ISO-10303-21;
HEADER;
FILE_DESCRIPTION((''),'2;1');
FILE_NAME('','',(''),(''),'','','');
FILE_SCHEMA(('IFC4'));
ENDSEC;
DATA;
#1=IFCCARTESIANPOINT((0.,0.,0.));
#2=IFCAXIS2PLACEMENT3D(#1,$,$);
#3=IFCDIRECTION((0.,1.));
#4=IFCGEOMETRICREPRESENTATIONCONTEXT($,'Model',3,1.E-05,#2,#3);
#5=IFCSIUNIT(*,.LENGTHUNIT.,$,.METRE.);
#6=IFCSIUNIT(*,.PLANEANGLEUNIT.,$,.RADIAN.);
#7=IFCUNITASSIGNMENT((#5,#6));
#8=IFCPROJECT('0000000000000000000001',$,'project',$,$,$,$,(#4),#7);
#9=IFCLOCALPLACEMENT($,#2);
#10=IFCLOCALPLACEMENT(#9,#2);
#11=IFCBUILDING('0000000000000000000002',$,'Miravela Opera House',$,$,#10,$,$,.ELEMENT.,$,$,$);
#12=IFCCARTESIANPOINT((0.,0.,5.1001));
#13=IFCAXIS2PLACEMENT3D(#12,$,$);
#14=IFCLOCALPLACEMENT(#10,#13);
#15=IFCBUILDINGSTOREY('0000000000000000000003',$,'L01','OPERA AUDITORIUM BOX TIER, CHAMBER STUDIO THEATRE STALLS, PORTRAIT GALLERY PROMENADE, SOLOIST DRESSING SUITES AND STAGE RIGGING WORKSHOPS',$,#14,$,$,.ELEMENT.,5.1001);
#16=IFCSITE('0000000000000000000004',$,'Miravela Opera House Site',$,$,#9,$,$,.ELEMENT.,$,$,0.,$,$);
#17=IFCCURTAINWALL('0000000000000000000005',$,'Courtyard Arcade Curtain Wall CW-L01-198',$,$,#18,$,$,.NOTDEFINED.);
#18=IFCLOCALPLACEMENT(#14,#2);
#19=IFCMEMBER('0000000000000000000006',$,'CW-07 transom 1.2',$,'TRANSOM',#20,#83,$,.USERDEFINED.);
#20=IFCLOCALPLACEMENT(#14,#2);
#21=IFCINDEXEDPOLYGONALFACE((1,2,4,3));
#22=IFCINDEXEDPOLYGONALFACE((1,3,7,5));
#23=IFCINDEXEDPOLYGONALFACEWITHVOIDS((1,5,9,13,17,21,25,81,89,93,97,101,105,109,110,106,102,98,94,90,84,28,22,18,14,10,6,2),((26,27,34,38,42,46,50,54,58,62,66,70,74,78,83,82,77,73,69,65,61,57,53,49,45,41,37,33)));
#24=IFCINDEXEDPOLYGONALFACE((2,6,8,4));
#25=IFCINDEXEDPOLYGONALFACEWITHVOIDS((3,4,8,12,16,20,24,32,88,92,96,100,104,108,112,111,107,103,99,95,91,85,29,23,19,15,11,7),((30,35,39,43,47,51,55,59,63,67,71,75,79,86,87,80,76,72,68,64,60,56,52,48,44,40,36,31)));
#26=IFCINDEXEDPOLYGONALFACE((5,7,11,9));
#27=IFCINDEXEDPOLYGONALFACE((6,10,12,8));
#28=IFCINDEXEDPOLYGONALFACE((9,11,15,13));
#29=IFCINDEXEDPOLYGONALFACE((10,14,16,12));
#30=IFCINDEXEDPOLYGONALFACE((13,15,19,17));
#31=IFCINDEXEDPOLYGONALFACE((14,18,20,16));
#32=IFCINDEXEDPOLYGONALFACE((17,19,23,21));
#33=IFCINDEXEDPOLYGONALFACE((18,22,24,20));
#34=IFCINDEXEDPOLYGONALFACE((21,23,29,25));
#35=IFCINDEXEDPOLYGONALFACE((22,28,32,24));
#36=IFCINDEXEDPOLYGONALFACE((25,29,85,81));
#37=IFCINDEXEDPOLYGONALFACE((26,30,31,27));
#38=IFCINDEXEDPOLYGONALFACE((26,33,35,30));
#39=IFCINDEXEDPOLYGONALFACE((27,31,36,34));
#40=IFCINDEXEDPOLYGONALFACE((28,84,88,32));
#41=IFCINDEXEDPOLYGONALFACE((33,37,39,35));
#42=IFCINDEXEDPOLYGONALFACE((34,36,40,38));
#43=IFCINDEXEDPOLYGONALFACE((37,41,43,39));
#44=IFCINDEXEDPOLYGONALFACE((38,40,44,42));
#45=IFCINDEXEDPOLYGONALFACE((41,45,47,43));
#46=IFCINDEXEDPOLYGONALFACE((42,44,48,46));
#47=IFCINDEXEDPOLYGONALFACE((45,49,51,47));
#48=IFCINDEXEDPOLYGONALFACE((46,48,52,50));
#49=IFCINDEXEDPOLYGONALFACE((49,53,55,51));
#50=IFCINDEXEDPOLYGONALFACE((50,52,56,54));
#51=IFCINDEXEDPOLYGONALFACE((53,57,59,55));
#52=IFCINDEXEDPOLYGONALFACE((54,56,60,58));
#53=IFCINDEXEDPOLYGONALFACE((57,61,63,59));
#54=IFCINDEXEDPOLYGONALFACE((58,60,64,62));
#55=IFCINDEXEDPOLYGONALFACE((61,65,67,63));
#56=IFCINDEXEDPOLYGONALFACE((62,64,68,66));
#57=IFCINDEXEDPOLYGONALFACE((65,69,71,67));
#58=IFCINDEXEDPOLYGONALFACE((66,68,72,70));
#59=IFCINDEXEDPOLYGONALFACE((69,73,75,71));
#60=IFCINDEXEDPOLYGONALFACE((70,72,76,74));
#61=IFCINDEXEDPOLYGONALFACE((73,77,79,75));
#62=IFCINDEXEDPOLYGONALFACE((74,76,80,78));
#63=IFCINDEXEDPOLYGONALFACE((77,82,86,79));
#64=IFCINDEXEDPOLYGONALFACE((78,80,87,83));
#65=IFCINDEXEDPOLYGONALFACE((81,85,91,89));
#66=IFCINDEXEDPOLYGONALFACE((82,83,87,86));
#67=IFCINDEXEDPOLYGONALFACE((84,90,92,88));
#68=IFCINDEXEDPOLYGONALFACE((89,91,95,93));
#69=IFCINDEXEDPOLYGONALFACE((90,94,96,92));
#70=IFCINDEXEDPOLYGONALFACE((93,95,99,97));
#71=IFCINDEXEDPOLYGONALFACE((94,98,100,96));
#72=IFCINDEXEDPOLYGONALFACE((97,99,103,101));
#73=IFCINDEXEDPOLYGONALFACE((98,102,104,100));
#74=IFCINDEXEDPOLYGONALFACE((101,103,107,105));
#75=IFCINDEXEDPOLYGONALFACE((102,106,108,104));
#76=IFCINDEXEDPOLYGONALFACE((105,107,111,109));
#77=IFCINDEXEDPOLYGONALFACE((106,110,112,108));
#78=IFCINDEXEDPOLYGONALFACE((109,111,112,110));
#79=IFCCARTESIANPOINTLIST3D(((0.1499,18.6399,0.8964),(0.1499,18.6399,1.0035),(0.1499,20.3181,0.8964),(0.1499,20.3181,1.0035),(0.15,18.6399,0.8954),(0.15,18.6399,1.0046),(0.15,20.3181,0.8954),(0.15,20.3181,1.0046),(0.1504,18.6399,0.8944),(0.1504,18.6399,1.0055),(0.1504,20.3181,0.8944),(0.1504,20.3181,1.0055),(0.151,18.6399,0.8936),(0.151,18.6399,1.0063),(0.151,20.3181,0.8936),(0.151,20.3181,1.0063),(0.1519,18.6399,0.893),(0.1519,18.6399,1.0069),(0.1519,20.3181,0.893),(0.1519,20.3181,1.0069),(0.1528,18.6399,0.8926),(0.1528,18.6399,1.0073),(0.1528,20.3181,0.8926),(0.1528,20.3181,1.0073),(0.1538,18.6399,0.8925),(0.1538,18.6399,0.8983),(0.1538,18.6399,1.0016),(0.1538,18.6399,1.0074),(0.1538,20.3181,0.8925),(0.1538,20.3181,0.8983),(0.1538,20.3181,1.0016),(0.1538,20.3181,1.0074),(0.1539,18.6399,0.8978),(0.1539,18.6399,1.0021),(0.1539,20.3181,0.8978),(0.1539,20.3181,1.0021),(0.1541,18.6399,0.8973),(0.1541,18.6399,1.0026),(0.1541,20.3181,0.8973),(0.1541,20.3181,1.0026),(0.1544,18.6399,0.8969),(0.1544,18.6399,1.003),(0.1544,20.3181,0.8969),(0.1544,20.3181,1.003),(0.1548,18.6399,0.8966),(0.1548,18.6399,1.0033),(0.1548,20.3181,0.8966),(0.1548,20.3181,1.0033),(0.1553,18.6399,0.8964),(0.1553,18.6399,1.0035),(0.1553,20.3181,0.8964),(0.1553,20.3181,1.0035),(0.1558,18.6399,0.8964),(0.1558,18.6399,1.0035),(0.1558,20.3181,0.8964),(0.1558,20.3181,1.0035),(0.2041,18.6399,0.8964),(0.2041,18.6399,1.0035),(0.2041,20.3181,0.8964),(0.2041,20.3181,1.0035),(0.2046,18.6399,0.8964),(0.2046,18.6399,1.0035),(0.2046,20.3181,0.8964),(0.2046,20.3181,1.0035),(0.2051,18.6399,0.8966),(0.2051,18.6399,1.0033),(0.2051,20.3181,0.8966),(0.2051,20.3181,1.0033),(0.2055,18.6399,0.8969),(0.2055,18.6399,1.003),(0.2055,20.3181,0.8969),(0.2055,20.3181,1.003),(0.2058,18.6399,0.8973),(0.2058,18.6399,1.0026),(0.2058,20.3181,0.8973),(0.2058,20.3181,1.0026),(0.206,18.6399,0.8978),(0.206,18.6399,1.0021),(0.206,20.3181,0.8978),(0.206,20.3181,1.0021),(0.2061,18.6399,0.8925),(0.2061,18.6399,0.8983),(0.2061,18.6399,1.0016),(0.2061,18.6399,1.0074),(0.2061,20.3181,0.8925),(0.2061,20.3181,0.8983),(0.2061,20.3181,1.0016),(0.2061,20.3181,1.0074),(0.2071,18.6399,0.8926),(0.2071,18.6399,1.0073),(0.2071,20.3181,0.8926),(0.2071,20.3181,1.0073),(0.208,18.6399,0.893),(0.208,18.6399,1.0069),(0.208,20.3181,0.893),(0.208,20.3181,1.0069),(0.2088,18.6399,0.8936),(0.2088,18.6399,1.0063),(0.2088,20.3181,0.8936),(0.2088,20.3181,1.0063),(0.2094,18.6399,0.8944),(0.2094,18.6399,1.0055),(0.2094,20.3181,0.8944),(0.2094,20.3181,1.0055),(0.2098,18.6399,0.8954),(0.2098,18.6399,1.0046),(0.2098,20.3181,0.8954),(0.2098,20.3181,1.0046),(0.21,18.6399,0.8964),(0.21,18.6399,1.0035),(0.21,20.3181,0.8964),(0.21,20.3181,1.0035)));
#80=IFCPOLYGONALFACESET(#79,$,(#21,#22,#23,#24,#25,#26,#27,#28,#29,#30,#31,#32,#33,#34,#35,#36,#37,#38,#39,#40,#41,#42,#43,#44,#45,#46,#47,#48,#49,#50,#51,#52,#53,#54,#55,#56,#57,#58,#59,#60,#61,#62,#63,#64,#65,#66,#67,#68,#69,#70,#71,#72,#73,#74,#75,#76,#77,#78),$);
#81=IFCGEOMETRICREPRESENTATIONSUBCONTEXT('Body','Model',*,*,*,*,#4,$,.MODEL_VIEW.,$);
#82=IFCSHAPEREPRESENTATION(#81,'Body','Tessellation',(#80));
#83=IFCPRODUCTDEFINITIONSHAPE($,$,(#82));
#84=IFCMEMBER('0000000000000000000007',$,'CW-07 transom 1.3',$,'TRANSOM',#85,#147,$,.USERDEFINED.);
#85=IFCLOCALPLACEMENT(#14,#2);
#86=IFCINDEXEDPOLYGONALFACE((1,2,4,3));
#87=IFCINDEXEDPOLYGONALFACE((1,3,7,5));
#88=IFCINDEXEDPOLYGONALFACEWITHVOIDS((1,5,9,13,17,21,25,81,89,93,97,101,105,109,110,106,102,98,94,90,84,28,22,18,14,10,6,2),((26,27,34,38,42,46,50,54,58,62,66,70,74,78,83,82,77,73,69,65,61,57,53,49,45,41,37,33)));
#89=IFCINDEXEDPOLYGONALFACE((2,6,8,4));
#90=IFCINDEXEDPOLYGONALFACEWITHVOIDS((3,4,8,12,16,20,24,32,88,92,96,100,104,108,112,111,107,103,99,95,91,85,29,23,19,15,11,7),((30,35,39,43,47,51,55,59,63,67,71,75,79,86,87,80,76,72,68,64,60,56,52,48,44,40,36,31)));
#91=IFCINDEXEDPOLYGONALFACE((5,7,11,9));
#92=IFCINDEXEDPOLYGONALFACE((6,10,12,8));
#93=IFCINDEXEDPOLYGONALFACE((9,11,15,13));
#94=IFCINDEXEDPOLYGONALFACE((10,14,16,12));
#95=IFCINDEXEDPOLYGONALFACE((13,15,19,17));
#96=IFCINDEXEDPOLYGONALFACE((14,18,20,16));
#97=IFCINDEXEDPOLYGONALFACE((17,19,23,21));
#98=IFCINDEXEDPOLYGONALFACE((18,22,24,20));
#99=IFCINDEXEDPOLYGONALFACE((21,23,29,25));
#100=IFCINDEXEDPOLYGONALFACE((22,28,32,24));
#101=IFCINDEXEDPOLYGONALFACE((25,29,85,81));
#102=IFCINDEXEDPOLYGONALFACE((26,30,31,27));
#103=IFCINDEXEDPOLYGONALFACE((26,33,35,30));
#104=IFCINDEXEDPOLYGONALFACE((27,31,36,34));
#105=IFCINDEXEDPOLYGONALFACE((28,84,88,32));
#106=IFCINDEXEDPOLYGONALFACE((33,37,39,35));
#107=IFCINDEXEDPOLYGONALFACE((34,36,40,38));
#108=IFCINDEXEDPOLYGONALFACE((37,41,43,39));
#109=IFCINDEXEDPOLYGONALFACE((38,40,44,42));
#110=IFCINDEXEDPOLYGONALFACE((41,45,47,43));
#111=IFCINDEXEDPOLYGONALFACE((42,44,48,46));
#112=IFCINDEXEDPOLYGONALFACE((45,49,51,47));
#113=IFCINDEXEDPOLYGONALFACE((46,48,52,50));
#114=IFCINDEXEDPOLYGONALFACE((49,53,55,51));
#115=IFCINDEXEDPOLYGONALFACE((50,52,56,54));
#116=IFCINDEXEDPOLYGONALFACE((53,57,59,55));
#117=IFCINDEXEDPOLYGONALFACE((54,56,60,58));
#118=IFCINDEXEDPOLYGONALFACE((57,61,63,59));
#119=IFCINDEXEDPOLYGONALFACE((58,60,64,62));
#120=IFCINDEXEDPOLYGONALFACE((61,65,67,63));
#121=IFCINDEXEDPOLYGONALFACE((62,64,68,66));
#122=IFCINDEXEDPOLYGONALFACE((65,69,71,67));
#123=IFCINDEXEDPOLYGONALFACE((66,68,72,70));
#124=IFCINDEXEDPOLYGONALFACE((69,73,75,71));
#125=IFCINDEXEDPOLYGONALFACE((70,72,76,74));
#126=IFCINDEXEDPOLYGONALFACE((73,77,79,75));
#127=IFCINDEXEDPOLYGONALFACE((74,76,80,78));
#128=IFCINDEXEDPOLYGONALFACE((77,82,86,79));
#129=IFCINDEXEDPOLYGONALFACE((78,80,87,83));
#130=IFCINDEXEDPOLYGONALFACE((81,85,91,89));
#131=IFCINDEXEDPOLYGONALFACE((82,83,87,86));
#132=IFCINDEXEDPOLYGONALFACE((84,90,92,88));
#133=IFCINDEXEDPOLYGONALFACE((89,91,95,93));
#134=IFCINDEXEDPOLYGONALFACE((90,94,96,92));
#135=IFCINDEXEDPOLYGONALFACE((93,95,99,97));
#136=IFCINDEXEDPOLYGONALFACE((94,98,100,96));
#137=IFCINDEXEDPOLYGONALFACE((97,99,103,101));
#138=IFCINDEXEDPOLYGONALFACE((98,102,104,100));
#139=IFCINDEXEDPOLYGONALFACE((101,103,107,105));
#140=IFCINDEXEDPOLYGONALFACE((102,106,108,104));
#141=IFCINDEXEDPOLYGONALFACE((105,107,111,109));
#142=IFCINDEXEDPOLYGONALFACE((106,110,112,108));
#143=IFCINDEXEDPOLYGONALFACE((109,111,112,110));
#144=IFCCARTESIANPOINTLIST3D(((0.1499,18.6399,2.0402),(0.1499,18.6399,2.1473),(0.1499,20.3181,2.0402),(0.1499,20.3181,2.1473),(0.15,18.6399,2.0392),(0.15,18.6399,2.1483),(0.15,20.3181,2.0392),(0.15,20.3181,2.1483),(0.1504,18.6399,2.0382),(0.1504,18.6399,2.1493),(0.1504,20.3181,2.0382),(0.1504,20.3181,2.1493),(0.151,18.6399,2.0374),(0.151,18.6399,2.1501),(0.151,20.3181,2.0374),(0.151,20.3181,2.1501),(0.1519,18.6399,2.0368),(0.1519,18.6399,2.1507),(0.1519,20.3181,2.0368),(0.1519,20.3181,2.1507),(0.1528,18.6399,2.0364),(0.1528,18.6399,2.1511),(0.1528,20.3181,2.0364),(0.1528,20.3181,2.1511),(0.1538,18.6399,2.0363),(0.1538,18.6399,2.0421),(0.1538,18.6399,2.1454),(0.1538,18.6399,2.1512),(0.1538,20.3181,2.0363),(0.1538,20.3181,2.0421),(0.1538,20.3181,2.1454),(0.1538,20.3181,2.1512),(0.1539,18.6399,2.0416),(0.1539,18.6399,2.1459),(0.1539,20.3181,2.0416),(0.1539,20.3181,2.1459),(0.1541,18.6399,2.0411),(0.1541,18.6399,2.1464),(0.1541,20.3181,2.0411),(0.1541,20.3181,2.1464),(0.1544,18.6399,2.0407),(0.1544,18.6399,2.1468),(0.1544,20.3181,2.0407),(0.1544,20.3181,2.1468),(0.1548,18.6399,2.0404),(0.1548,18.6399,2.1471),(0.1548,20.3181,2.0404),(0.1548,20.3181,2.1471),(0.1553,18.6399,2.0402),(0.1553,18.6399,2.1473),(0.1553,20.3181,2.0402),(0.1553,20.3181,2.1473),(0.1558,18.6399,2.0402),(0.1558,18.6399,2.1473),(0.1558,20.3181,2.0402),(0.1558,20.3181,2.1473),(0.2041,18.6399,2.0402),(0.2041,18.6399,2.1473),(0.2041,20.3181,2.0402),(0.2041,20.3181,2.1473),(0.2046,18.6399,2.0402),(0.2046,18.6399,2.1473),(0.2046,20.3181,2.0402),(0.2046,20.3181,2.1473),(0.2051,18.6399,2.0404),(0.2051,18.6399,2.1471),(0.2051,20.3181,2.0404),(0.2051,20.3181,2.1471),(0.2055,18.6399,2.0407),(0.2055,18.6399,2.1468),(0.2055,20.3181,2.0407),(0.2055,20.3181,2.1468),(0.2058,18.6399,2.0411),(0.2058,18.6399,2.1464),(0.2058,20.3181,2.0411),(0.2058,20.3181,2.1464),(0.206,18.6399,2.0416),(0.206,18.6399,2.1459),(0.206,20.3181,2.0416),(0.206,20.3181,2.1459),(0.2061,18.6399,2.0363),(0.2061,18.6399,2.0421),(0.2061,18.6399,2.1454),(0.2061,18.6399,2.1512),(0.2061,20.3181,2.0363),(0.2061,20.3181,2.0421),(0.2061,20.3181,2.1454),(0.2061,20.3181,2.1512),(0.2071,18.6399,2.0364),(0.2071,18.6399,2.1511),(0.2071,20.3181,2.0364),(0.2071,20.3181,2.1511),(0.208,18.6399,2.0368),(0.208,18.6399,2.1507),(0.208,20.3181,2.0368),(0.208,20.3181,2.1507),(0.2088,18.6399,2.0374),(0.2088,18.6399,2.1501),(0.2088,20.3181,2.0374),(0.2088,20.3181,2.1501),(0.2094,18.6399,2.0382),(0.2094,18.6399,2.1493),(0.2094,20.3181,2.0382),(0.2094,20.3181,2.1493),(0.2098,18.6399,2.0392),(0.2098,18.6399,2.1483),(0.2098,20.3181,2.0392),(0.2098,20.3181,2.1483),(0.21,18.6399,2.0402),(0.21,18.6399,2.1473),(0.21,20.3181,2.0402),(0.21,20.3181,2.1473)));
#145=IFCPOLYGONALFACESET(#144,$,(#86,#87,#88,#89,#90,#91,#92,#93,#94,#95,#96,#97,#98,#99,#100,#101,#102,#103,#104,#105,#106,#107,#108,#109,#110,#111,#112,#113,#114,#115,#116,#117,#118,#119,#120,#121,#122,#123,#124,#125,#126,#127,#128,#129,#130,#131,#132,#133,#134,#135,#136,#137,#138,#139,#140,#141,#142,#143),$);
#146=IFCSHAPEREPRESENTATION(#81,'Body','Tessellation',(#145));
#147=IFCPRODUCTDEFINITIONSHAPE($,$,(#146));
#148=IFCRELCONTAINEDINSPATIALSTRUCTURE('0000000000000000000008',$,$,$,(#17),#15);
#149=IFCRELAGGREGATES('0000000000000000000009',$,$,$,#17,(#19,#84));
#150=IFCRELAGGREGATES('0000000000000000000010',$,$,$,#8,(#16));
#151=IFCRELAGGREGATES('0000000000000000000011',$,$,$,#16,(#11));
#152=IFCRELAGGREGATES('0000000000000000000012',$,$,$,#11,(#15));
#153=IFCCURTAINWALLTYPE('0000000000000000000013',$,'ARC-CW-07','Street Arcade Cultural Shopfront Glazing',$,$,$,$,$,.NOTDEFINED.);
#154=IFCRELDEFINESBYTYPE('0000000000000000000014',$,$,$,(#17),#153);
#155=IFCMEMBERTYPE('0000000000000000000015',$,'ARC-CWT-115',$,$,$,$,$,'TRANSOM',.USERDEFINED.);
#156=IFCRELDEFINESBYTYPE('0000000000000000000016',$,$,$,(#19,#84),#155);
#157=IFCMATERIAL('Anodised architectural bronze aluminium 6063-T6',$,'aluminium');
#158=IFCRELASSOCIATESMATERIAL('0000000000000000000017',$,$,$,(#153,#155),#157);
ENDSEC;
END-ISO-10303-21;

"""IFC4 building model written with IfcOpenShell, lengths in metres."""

from ifc_helpers import new_model, si_unit, direction, frame, origin, origin_2d, place, context, subcontext, project, spatial, hollow_rectangle, extrude, material, material_profile, profile_set, type_object, element, aggregate, save


model = new_model("IFC4")

# Units and contexts
model_context = context("Model", 3, precision=1e-05, world=origin(), true_north=direction((0.0, 1.0)))
body_context = subcontext(model_context, "Body", "Model", "MODEL_VIEW")
ifc_project = project(units=[si_unit("LENGTHUNIT", "METRE"), si_unit("PLANEANGLEUNIT", "RADIAN")], contexts=[model_context])

# Site, building, storey
site_placement = place(None, origin())
site = spatial("IfcSite", under=ifc_project, at=site_placement, Name="Miravela Opera House Site", CompositionType="ELEMENT", RefElevation=0.0)
building_placement = place(site_placement, origin())
building = spatial("IfcBuilding", under=site, at=building_placement, Name="Miravela Opera House", CompositionType="ELEMENT")
storey_placement = place(building_placement, frame((0.0, 0.0, 5.1001)))
storey = spatial("IfcBuildingStorey", under=building, at=storey_placement, Name="L01", Description="OPERA AUDITORIUM BOX TIER, CHAMBER STUDIO THEATRE STALLS, PORTRAIT GALLERY PROMENADE, SOLOIST DRESSING SUITES AND STAGE RIGGING WORKSHOPS", CompositionType="ELEMENT", Elevation=5.1001)

# Shared definitions
ifc_material_1 = material(Name="Anodised architectural bronze aluminium 6063-T6", Category="aluminium")
curtain_wall_type = type_object("IfcCurtainWallType", Name="ARC-CW-07", Description="Street Arcade Cultural Shopfront Glazing", PredefinedType="NOTDEFINED", material=ifc_material_1)

# Curtain wall, members
curtain_wall_1_placement = place(storey_placement, origin())
curtain_wall_1 = element("IfcCurtainWall", 1, at=curtain_wall_1_placement, inside=storey, type_object=curtain_wall_type, Name="Courtyard Arcade Curtain Wall CW-L01-198", PredefinedType="NOTDEFINED")
ifc_material_profile_1 = material_profile(ifc_material_1, hollow_rectangle(XDim=0.0601, YDim=0.115, WallThickness=0.0039, InnerFilletRadius=0.002, OuterFilletRadius=0.0039, at=origin_2d()), Name="CWT-60X115")
ifc_profile_set_1 = profile_set([ifc_material_profile_1])
member_type_1 = type_object("IfcMemberType", Name="ARC-CWT-115", ElementType="TRANSOM", PredefinedType="USERDEFINED", material=ifc_profile_set_1)
member_1_placement = place(storey_placement, frame((0.1799, 18.6399, 0.95), z_axis=(0.0, 1.0, 0.0), x_axis=(-1.0, 0.0, 0.0)))
member_1 = element("IfcMember", 2, at=member_1_placement, type_object=member_type_1, Name="CW-07 transom 1.2", ObjectType="TRANSOM", PredefinedType="USERDEFINED", context=body_context, shape_type="SweptSolid", body=[
    extrude(hollow_rectangle(XDim=0.0601, YDim=0.115, WallThickness=0.0039, InnerFilletRadius=0.002, OuterFilletRadius=0.0039, at=origin_2d()), origin(), (0.0, 0.0, 1.0), 1.6782),
])
member_2_placement = place(storey_placement, frame((0.1799, 18.6399, 2.0938), z_axis=(0.0, 1.0, 0.0), x_axis=(-1.0, 0.0, 0.0)))
member_2 = element("IfcMember", 3, at=member_2_placement, type_object=member_type_1, Name="CW-07 transom 1.3", ObjectType="TRANSOM", PredefinedType="USERDEFINED", context=body_context, shape_type="SweptSolid", body=[
    extrude(hollow_rectangle(XDim=0.0601, YDim=0.115, WallThickness=0.0039, InnerFilletRadius=0.002, OuterFilletRadius=0.0039, at=origin_2d()), origin(), (0.0, 0.0, 1.0), 1.6782),
])

aggregate(curtain_wall_1, [member_1, member_2])

save(model, "model.ifc")
